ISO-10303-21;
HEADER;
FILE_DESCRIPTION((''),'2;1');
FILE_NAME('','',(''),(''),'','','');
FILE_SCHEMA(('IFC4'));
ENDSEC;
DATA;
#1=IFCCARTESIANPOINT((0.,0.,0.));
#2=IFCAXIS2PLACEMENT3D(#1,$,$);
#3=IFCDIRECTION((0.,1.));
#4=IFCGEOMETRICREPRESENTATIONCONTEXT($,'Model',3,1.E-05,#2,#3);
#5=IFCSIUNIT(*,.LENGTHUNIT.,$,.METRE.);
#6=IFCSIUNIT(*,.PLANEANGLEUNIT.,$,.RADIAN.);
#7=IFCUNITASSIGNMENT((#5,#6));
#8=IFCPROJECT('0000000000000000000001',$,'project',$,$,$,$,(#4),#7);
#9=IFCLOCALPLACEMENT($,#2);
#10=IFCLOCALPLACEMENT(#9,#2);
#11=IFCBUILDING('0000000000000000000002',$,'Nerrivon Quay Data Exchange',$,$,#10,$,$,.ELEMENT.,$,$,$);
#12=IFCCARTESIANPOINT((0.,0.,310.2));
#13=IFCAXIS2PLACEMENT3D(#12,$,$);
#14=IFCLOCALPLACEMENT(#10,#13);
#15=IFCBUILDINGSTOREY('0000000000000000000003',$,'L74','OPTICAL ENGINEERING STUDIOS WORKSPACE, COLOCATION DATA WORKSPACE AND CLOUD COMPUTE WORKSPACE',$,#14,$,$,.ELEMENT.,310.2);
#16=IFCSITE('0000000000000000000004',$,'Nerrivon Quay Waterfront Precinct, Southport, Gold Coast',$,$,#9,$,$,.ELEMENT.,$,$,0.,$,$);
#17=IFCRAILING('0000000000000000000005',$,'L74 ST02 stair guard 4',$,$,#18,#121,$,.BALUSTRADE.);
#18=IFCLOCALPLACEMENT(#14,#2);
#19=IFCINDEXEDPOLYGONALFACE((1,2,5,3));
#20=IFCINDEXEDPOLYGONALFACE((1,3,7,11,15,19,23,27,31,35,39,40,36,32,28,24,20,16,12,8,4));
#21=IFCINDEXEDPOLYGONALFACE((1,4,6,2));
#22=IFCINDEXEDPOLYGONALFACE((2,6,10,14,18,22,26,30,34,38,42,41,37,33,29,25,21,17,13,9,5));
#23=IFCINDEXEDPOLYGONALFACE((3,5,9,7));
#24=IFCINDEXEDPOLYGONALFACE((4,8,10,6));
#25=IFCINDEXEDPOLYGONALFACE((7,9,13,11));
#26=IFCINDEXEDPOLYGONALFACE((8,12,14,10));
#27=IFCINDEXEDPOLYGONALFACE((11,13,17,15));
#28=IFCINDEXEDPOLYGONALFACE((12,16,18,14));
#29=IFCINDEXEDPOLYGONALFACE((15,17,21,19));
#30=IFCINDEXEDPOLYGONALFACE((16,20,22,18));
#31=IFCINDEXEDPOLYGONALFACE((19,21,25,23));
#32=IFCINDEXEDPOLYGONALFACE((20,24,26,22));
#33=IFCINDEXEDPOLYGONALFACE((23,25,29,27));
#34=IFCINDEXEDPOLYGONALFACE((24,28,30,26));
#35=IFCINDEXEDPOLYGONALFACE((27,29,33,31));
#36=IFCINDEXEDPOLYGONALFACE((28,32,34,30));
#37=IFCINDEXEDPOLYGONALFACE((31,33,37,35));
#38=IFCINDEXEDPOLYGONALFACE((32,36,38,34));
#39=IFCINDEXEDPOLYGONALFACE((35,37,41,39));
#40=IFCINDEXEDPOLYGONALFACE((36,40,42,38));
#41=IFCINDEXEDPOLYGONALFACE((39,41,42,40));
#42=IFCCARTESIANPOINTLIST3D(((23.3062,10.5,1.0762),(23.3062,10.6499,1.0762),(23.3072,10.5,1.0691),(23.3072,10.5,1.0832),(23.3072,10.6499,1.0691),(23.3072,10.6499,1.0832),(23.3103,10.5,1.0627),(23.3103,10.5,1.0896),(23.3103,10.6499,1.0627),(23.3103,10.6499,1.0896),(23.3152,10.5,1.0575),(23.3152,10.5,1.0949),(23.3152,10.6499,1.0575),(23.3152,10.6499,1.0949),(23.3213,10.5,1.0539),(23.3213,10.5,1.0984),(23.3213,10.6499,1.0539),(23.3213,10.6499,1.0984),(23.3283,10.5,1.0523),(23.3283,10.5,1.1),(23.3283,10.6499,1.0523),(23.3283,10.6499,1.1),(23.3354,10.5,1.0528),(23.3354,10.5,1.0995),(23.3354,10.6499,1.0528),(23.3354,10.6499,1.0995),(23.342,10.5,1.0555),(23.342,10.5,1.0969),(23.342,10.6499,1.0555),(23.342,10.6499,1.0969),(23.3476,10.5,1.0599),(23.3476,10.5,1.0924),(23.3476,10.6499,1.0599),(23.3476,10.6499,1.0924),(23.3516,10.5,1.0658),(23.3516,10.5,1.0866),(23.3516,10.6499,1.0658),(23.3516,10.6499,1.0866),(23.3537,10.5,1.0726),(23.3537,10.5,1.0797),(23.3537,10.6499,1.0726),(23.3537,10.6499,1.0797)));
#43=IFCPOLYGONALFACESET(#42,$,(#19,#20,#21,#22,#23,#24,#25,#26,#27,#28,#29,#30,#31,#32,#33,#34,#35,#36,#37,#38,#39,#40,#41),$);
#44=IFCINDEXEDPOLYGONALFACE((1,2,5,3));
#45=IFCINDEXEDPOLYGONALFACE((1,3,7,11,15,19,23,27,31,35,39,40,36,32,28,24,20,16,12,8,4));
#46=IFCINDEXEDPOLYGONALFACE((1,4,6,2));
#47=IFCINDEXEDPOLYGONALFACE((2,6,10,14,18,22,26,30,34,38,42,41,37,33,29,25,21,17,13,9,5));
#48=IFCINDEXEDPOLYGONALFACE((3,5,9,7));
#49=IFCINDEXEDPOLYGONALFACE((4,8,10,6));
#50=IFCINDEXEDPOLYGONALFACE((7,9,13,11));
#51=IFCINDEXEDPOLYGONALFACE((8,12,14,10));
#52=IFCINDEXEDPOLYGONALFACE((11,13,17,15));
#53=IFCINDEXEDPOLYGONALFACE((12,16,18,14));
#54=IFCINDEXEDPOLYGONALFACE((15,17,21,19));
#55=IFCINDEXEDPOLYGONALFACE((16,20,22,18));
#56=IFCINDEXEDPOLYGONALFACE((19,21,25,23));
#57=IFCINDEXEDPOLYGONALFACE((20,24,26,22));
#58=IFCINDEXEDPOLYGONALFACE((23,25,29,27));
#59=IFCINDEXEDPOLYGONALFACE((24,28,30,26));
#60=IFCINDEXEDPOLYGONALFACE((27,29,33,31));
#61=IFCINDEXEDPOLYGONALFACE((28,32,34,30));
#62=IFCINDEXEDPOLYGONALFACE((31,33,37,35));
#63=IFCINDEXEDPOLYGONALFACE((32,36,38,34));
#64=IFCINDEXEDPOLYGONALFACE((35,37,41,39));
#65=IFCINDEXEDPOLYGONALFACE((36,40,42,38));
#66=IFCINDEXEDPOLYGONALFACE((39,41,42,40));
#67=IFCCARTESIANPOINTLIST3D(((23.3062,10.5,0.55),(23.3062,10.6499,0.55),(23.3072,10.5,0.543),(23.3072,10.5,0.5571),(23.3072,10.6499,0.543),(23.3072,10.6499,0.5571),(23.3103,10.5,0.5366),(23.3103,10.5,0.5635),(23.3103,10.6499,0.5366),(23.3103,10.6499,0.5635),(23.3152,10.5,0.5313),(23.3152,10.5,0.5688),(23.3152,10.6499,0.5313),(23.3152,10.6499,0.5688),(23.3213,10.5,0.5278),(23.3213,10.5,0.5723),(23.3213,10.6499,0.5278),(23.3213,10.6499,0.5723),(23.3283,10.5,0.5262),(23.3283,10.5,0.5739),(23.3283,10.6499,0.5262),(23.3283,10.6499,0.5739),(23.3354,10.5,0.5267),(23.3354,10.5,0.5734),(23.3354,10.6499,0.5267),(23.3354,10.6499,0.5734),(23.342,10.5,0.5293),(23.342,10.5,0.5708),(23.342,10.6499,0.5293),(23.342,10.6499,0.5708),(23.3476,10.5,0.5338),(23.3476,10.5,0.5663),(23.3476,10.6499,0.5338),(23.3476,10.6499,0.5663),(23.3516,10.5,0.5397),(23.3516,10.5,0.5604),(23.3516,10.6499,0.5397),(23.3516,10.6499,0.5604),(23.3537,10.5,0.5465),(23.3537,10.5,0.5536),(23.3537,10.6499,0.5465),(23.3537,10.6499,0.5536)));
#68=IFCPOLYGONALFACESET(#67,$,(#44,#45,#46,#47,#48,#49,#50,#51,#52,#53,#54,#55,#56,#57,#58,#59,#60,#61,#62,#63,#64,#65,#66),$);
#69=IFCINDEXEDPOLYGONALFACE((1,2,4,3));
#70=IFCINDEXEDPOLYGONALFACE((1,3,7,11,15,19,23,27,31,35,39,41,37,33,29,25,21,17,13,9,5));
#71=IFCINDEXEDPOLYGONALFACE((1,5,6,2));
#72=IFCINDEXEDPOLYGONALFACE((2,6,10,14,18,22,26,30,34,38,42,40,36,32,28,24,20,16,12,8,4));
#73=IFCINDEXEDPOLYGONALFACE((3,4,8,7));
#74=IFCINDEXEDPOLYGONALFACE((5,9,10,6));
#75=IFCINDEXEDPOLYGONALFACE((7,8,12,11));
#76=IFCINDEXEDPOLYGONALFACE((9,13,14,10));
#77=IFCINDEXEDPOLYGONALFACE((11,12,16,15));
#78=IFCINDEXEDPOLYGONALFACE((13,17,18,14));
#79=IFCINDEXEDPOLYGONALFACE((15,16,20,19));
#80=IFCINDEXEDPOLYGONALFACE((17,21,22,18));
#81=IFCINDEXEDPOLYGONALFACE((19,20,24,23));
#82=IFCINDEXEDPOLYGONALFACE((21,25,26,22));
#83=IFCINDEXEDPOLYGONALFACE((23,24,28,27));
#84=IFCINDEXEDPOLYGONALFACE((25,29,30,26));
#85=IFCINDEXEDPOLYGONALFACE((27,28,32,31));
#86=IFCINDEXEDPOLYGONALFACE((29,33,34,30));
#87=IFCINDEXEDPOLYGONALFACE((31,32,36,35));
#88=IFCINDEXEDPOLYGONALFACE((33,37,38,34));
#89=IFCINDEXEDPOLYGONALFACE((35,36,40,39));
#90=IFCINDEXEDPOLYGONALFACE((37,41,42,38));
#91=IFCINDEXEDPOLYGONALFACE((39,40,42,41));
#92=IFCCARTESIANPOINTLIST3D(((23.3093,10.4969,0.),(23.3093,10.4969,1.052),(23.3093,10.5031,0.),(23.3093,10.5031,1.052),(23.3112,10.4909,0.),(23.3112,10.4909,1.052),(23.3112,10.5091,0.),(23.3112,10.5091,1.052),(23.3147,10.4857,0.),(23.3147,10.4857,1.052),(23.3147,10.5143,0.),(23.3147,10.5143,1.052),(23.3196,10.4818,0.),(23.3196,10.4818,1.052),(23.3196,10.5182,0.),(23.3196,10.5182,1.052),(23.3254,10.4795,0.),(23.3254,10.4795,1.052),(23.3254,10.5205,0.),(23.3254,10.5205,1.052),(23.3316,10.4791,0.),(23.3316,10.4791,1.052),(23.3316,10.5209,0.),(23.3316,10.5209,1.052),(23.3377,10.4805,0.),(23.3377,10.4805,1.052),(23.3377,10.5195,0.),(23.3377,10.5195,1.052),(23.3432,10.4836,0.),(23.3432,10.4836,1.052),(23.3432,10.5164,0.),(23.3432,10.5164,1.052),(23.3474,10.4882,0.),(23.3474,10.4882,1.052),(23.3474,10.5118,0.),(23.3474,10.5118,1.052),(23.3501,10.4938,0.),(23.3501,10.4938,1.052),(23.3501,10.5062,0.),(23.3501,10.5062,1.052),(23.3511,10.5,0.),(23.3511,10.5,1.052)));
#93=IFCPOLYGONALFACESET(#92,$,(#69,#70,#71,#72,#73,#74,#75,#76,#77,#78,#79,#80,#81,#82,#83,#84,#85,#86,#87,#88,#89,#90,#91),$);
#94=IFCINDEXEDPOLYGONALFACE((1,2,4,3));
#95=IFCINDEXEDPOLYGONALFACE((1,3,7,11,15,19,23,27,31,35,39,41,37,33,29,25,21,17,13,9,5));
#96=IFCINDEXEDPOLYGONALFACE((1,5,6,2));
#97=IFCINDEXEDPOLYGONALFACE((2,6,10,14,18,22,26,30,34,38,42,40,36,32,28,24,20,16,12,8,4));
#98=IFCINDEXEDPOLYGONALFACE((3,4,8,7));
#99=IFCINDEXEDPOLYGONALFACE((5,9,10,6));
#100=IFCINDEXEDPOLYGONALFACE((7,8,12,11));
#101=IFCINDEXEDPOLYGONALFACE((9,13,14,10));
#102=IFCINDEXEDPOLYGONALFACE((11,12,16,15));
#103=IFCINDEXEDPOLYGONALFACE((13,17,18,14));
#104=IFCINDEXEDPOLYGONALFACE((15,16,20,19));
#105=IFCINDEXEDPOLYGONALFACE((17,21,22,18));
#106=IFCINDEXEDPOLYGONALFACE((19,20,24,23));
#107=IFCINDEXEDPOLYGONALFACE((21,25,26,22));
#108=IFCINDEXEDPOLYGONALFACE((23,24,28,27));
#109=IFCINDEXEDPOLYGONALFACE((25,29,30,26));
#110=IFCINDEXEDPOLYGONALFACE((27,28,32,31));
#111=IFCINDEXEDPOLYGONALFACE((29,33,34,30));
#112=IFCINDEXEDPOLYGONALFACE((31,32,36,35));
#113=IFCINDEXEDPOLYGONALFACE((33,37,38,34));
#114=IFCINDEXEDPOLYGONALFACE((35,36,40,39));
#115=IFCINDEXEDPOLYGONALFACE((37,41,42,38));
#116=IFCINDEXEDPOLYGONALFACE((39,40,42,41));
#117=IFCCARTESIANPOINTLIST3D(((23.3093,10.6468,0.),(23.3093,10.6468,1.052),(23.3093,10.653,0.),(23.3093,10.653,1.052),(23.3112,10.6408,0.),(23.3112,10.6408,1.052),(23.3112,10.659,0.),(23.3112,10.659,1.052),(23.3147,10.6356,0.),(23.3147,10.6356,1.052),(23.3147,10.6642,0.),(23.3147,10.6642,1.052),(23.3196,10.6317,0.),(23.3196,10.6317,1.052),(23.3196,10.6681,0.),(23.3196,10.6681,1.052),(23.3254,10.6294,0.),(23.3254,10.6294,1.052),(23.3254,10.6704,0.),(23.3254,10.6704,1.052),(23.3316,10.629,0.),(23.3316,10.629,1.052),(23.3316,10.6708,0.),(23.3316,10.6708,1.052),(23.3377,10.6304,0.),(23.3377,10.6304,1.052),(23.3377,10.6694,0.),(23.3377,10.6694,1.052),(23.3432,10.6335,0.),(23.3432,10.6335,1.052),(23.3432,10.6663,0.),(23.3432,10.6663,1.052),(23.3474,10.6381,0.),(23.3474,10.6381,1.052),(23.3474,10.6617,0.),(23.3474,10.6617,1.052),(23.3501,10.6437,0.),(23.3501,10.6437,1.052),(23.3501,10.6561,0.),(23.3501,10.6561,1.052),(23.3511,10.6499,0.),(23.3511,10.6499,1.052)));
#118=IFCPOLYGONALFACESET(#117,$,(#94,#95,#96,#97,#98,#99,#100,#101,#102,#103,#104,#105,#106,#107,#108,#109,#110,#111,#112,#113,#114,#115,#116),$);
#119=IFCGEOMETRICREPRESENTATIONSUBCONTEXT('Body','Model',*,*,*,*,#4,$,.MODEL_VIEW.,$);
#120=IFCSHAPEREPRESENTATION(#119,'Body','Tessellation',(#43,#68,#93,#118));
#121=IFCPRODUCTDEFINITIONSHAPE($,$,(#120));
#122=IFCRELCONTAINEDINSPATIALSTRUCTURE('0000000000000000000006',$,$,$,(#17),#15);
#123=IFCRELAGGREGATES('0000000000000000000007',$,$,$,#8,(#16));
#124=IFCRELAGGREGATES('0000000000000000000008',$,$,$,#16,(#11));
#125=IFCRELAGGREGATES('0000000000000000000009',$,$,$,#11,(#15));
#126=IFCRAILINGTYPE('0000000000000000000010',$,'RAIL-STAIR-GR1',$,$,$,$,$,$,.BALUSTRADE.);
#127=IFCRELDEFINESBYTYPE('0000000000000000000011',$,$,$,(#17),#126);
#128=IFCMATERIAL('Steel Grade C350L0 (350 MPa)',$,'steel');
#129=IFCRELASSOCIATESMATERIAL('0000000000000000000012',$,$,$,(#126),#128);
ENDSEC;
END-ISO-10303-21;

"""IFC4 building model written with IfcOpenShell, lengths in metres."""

from ifc_helpers import new_model, si_unit, direction, frame, origin, origin_2d, place, context, subcontext, project, spatial, circle, extrude, material, type_object, element, save


model = new_model("IFC4")

# Units and contexts
model_context = context("Model", 3, precision=1e-05, world=origin(), true_north=direction((0.0, 1.0)))
body_context = subcontext(model_context, "Body", "Model", "MODEL_VIEW")
ifc_project = project(units=[si_unit("LENGTHUNIT", "METRE"), si_unit("PLANEANGLEUNIT", "RADIAN")], contexts=[model_context])

# Site, building, storey
site_placement = place(None, origin())
site = spatial("IfcSite", under=ifc_project, at=site_placement, Name="Nerrivon Quay Waterfront Precinct, Southport, Gold Coast", CompositionType="ELEMENT", RefElevation=0.0)
building_placement = place(site_placement, origin())
building = spatial("IfcBuilding", under=site, at=building_placement, Name="Nerrivon Quay Data Exchange", CompositionType="ELEMENT")
storey_placement = place(building_placement, frame((0.0, 0.0, 310.2)))
storey = spatial("IfcBuildingStorey", under=building, at=storey_placement, Name="L74", Description="OPTICAL ENGINEERING STUDIOS WORKSPACE, COLOCATION DATA WORKSPACE AND CLOUD COMPUTE WORKSPACE", CompositionType="ELEMENT", Elevation=310.2)

# Railing
ifc_material_1 = material(Name="Steel Grade C350L0 (350 MPa)", Category="steel")
railing_type_1 = type_object("IfcRailingType", Name="RAIL-STAIR-GR1", PredefinedType="BALUSTRADE", material=ifc_material_1)
railing_1_placement = place(storey_placement, frame((23.3301, 10.5, 0.0)))
element("IfcRailing", 1, at=railing_1_placement, inside=storey, type_object=railing_type_1, Name="L74 ST02 stair guard 4", PredefinedType="BALUSTRADE", context=body_context, shape_type="SweptSolid", body=[
    extrude(circle(Radius=0.0239, at=origin_2d()), frame((0.0, 0.0, 1.0762), z_axis=(0.0, 1.0, 0.0), x_axis=(-1.0, 0.0, 0.0)), (0.0, 0.0, 1.0), 0.1499),
    extrude(circle(Radius=0.0239, at=origin_2d()), frame((0.0, 0.0, 0.55), z_axis=(0.0, 1.0, 0.0), x_axis=(-1.0, 0.0, 0.0)), (0.0, 0.0, 1.0), 0.1499),
    extrude(circle(Radius=0.021, at=origin_2d()), origin(), (0.0, 0.0, 1.0), 1.052),
    extrude(circle(Radius=0.021, at=origin_2d()), frame((0.0, 0.1499, 0.0)), (0.0, 0.0, 1.0), 1.052),
])

save(model, "model.ifc")
